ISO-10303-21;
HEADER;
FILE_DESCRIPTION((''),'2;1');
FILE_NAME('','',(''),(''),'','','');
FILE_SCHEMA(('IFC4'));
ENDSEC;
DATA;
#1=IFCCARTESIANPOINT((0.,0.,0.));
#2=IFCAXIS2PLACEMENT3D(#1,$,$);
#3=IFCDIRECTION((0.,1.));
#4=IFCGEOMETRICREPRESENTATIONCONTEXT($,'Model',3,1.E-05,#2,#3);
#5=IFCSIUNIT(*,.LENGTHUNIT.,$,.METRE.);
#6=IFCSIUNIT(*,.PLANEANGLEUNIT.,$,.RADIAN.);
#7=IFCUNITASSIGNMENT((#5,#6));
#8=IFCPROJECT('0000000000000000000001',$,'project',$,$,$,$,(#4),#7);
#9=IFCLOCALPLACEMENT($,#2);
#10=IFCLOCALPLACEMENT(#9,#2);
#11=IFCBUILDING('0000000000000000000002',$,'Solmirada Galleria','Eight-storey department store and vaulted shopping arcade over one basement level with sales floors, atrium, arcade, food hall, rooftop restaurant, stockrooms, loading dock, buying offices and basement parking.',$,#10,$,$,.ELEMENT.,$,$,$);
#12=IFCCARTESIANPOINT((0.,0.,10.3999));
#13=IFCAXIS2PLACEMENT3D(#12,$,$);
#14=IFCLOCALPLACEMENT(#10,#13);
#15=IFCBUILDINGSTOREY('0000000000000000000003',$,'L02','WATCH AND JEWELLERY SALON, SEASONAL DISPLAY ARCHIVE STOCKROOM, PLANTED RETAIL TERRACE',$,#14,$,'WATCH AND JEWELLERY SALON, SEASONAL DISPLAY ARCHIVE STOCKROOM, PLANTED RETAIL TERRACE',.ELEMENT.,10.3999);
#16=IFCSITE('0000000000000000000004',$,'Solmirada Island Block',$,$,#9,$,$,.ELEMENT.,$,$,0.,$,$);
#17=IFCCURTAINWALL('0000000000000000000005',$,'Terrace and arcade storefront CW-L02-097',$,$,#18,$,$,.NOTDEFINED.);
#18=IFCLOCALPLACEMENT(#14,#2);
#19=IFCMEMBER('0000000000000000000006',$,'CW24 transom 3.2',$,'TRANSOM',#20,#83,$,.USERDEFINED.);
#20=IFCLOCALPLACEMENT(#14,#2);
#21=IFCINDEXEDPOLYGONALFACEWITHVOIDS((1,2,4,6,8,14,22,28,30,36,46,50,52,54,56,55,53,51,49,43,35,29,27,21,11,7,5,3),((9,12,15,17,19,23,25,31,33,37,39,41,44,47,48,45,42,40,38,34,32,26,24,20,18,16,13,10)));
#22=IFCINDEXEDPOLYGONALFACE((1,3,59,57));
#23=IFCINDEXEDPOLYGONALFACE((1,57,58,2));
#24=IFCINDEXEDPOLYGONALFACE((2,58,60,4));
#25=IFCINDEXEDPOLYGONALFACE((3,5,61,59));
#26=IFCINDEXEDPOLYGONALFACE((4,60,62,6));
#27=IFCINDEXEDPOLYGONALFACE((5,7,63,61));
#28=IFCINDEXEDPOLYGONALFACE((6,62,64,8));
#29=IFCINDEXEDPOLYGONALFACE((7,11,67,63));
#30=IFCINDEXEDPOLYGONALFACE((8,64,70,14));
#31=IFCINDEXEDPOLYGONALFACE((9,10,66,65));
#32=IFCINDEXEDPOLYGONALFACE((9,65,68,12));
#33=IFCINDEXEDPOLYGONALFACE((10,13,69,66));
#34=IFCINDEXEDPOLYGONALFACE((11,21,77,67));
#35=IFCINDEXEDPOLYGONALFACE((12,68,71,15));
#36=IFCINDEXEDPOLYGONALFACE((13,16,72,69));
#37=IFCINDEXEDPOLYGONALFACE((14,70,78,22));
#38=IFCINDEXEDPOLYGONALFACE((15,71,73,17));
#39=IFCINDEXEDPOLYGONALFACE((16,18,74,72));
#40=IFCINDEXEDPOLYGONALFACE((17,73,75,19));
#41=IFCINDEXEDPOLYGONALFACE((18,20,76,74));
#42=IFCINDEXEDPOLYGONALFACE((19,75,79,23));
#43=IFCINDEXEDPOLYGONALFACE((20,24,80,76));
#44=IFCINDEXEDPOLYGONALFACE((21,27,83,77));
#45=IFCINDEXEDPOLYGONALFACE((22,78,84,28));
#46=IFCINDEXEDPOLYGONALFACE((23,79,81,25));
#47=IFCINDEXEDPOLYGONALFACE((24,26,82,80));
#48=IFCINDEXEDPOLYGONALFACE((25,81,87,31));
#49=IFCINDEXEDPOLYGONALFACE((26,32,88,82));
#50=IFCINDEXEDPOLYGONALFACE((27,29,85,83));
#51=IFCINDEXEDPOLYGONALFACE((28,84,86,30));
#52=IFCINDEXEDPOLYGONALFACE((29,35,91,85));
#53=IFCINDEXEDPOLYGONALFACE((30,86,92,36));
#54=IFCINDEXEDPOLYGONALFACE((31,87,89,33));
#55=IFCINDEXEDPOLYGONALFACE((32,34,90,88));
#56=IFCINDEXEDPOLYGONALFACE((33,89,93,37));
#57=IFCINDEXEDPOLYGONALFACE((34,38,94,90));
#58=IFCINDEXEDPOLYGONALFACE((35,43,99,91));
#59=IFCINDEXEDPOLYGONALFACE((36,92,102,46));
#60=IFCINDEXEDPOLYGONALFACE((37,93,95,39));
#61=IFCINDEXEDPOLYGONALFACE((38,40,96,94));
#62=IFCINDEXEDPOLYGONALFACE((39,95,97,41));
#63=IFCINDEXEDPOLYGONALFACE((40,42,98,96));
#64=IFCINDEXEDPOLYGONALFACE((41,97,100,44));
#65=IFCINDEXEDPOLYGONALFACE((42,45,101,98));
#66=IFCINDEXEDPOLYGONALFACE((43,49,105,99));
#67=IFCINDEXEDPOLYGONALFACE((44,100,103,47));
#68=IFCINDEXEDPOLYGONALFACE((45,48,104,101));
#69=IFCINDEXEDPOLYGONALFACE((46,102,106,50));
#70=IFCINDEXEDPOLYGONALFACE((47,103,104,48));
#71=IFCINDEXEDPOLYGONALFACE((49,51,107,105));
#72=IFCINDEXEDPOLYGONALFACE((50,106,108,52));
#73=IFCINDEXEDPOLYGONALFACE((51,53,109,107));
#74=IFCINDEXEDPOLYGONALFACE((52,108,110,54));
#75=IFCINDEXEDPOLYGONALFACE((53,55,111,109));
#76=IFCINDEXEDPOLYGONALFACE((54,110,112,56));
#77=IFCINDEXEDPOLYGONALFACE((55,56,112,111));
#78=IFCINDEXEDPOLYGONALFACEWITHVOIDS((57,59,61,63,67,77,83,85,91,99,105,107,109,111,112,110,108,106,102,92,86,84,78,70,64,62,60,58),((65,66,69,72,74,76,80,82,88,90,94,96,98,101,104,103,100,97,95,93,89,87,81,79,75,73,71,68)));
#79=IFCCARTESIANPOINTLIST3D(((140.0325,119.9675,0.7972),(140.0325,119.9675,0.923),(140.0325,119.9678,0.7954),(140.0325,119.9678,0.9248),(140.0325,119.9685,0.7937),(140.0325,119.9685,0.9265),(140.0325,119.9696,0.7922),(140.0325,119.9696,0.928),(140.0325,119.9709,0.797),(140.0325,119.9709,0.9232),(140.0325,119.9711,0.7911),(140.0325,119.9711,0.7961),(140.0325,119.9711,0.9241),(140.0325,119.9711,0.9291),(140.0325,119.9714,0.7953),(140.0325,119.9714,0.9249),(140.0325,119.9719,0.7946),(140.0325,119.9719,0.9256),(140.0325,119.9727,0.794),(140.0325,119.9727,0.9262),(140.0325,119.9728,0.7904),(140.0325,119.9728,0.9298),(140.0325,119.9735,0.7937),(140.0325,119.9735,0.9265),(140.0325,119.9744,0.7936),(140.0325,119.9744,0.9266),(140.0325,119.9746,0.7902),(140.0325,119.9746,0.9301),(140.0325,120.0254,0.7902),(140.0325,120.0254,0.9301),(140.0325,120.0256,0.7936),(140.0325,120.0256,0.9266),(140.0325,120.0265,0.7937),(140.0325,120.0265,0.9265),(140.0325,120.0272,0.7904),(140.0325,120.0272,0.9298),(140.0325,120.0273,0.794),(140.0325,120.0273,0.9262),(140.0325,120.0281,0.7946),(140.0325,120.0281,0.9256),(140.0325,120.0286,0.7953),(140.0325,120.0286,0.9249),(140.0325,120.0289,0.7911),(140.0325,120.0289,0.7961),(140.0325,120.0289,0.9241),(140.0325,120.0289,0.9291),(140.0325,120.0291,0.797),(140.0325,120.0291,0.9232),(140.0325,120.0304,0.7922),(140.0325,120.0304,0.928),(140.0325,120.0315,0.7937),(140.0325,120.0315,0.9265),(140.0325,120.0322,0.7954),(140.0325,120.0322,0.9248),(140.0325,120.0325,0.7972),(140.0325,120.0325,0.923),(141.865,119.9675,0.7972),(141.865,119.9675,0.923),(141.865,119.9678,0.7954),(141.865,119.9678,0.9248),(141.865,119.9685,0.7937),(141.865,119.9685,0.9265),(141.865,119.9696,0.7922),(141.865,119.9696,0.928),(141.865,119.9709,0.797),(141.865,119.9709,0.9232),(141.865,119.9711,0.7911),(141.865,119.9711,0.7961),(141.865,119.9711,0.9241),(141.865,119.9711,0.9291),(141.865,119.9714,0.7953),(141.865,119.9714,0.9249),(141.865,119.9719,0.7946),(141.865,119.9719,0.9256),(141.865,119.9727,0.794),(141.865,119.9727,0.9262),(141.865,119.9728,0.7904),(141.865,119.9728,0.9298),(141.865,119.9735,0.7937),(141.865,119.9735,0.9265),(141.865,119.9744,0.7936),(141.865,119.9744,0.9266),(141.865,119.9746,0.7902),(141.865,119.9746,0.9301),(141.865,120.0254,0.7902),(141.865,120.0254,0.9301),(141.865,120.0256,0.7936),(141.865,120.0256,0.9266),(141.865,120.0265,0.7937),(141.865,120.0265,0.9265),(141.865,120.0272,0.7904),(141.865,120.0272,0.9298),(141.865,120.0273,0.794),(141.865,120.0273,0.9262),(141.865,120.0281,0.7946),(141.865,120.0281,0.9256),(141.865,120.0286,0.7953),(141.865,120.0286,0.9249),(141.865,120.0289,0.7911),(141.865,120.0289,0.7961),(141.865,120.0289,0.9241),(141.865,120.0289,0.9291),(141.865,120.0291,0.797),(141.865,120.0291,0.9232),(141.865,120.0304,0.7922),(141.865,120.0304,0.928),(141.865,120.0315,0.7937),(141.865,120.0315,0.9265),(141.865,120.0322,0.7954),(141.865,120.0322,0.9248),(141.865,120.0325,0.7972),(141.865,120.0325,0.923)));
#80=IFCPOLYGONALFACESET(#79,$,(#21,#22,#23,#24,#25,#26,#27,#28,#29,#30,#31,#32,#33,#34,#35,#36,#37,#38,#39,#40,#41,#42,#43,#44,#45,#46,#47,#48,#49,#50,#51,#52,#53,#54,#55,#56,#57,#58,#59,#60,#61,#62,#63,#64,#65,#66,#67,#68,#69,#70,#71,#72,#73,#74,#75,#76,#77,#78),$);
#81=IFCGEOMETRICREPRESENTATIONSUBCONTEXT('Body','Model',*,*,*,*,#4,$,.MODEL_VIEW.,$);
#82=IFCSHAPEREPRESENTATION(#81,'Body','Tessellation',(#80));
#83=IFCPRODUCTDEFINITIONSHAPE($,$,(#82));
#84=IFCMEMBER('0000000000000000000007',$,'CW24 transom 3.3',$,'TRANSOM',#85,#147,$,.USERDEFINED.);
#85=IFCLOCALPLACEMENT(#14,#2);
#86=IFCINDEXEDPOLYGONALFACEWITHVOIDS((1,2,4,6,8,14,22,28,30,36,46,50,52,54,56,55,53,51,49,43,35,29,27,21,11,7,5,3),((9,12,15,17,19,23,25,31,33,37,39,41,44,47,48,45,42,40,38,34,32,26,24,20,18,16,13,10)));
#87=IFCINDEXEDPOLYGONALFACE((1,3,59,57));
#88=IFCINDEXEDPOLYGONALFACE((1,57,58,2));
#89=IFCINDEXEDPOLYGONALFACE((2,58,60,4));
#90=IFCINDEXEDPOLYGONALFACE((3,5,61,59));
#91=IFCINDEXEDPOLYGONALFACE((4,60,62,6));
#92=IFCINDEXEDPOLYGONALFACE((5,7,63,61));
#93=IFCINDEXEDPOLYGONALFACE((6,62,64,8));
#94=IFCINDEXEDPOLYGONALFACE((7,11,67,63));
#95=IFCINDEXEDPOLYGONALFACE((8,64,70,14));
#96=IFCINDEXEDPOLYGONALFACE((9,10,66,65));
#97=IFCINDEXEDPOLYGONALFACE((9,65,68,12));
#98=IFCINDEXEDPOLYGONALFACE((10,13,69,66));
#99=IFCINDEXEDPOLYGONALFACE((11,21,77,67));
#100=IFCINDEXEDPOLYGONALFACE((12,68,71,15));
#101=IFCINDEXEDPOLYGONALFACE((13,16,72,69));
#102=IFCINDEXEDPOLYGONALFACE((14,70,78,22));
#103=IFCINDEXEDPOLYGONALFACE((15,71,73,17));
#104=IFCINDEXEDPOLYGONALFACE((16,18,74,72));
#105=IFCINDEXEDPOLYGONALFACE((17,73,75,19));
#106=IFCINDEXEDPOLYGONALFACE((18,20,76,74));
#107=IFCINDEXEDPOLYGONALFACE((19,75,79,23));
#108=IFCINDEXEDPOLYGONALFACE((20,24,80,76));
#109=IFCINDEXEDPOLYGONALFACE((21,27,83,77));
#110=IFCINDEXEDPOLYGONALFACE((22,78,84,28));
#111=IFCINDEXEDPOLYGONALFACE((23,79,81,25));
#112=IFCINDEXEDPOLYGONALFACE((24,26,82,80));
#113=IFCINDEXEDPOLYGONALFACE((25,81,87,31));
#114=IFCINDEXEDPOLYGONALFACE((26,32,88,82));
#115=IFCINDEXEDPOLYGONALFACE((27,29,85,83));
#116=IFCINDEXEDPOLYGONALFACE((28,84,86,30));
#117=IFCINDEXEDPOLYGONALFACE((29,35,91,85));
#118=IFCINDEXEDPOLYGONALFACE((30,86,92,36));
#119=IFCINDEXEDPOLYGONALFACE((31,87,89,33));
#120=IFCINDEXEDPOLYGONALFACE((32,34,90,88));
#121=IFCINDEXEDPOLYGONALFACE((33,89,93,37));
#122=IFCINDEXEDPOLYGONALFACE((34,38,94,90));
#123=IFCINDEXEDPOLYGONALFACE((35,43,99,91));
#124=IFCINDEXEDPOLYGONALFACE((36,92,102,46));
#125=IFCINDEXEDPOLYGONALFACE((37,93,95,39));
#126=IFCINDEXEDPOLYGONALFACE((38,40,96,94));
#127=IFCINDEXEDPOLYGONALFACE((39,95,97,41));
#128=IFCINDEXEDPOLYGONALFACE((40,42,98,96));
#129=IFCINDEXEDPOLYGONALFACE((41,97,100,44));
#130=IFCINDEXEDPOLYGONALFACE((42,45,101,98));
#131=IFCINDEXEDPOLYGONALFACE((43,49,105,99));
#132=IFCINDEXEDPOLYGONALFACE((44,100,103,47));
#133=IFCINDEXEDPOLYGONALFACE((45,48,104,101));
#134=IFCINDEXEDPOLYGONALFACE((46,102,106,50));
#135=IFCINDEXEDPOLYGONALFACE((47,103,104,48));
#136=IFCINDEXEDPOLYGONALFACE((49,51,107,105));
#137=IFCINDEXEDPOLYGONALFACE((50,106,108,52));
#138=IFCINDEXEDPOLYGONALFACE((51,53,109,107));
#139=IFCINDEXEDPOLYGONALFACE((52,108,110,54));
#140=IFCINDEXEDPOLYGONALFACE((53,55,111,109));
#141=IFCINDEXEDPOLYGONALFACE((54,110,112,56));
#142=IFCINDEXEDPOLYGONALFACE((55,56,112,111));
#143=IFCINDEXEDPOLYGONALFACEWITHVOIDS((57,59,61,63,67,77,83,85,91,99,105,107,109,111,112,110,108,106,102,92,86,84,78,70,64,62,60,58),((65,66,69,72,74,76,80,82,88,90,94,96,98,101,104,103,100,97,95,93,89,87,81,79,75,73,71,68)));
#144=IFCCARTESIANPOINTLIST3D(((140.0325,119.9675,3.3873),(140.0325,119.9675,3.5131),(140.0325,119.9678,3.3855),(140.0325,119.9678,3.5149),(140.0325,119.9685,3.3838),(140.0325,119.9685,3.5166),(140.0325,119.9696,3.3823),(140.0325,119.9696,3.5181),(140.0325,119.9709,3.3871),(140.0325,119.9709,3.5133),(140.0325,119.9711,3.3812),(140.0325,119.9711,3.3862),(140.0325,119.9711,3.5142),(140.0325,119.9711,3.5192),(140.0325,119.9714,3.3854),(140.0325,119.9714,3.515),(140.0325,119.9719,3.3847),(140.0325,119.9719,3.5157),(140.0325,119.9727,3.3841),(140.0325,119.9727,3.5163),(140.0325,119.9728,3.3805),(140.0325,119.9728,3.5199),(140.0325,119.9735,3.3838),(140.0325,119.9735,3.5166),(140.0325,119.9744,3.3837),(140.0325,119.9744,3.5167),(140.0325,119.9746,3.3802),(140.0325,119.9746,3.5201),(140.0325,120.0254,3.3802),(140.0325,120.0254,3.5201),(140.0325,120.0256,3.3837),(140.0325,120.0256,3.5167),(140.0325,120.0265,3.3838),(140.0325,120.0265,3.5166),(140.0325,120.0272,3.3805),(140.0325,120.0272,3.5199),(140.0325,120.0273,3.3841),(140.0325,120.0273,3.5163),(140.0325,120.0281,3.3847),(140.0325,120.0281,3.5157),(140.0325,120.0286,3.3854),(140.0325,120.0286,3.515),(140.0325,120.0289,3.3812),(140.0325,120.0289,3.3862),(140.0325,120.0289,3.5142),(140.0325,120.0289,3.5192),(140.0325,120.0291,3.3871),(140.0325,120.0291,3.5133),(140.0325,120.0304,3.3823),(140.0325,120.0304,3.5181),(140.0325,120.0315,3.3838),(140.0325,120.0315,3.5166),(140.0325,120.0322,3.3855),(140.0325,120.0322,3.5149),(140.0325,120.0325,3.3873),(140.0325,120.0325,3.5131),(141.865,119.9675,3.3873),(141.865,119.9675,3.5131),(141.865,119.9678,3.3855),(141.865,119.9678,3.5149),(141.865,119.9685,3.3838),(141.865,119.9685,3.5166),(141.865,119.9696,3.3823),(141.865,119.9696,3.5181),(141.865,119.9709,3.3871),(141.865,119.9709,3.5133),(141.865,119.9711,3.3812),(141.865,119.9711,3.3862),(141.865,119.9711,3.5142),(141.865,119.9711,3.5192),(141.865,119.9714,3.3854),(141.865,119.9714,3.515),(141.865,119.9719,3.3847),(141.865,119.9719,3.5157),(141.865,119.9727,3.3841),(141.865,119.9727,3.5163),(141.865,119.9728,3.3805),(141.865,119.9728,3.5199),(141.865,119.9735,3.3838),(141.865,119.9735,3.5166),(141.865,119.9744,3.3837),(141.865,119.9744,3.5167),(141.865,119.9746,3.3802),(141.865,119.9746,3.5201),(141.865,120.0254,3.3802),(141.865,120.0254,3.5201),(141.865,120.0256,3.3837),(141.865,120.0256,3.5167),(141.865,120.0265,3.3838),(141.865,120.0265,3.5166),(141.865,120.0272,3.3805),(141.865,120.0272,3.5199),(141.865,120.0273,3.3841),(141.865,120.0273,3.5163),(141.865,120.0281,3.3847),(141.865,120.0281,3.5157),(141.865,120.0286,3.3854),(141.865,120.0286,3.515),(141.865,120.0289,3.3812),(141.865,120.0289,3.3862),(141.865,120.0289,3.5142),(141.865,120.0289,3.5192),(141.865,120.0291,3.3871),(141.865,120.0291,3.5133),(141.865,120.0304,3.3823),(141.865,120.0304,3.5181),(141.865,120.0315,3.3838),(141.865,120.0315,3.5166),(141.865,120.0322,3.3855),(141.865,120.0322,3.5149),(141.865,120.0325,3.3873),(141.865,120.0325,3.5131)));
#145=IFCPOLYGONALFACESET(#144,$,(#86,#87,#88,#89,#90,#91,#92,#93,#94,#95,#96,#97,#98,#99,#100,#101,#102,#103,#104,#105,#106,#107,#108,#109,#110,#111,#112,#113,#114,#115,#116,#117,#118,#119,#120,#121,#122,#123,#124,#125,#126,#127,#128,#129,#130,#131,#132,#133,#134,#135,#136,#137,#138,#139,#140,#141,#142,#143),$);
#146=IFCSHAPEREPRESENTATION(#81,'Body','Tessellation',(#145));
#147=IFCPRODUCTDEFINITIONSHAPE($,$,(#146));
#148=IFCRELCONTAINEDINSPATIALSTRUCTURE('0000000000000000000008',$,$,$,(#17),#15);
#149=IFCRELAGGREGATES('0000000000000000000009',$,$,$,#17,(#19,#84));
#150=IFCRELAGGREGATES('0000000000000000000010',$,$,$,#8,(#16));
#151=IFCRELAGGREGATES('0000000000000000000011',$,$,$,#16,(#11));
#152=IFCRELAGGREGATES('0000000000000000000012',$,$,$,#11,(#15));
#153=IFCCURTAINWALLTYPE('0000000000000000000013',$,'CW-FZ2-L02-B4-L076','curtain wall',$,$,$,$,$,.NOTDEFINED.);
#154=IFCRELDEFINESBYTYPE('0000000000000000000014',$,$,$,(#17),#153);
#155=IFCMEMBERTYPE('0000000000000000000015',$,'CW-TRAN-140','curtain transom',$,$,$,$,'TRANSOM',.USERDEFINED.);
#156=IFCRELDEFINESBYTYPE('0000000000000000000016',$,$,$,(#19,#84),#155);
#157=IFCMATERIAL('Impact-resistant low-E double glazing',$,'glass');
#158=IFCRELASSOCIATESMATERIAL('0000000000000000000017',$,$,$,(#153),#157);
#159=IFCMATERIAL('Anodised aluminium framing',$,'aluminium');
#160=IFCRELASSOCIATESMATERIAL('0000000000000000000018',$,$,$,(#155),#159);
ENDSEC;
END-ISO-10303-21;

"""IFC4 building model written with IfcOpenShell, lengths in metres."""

from ifc_helpers import new_model, si_unit, direction, frame, origin, origin_2d, place, context, subcontext, project, spatial, hollow_rectangle, extrude, material, material_profile, profile_set, type_object, element, aggregate, save


model = new_model("IFC4")

# Units and contexts
model_context = context("Model", 3, precision=1e-05, world=origin(), true_north=direction((0.0, 1.0)))
body_context = subcontext(model_context, "Body", "Model", "MODEL_VIEW")
ifc_project = project(units=[si_unit("LENGTHUNIT", "METRE"), si_unit("PLANEANGLEUNIT", "RADIAN")], contexts=[model_context])

# Site, building, storey
site_placement = place(None, origin())
site = spatial("IfcSite", under=ifc_project, at=site_placement, Name="Solmirada Island Block", CompositionType="ELEMENT", RefElevation=0.0)
building_placement = place(site_placement, origin())
building = spatial("IfcBuilding", under=site, at=building_placement, Name="Solmirada Galleria", Description="Eight-storey department store and vaulted shopping arcade over one basement level with sales floors, atrium, arcade, food hall, rooftop restaurant, stockrooms, loading dock, buying offices and basement parking.", CompositionType="ELEMENT")
storey_placement = place(building_placement, frame((0.0, 0.0, 10.3999)))
storey = spatial("IfcBuildingStorey", under=building, at=storey_placement, Name="L02", Description="WATCH AND JEWELLERY SALON, SEASONAL DISPLAY ARCHIVE STOCKROOM, PLANTED RETAIL TERRACE", LongName="WATCH AND JEWELLERY SALON, SEASONAL DISPLAY ARCHIVE STOCKROOM, PLANTED RETAIL TERRACE", CompositionType="ELEMENT", Elevation=10.3999)

# Shared definitions
ifc_material_1 = material(Name="Impact-resistant low-E double glazing", Category="glass")
curtain_wall_type = type_object("IfcCurtainWallType", Name="CW-FZ2-L02-B4-L076", Description="curtain wall", PredefinedType="NOTDEFINED", material=ifc_material_1)
ifc_material_2 = material(Name="Anodised aluminium framing", Category="aluminium")

# Curtain wall, members
curtain_wall_1_placement = place(storey_placement, origin())
curtain_wall_1 = element("IfcCurtainWall", 1, at=curtain_wall_1_placement, inside=storey, type_object=curtain_wall_type, Name="Terrace and arcade storefront CW-L02-097", PredefinedType="NOTDEFINED")
ifc_material_profile_1 = material_profile(ifc_material_2, hollow_rectangle(XDim=0.0649, YDim=0.1399, WallThickness=0.0034, InnerFilletRadius=0.0034, OuterFilletRadius=0.0071, at=origin_2d()), Name="ALU-TRAN-140X65")
ifc_profile_set_1 = profile_set([ifc_material_profile_1], Name="Anodised aluminium framing")
member_type_1 = type_object("IfcMemberType", Name="CW-TRAN-140", Description="curtain transom", ElementType="TRANSOM", PredefinedType="USERDEFINED", material=ifc_profile_set_1)
member_1_placement = place(storey_placement, frame((140.0325, 120.0, 0.8601), z_axis=(1.0, 0.0, 0.0), x_axis=(0.0, 1.0, 0.0)))
member_1 = element("IfcMember", 2, at=member_1_placement, type_object=member_type_1, Name="CW24 transom 3.2", ObjectType="TRANSOM", PredefinedType="USERDEFINED", context=body_context, shape_type="SweptSolid", body=[
    extrude(hollow_rectangle(XDim=0.0649, YDim=0.1399, WallThickness=0.0034, InnerFilletRadius=0.0034, OuterFilletRadius=0.0071, at=origin_2d()), origin(), (0.0, 0.0, 1.0), 1.8325),
])
member_2_placement = place(storey_placement, frame((140.0325, 120.0, 3.4502), z_axis=(1.0, 0.0, 0.0), x_axis=(0.0, 1.0, 0.0)))
member_2 = element("IfcMember", 3, at=member_2_placement, type_object=member_type_1, Name="CW24 transom 3.3", ObjectType="TRANSOM", PredefinedType="USERDEFINED", context=body_context, shape_type="SweptSolid", body=[
    extrude(hollow_rectangle(XDim=0.0649, YDim=0.1399, WallThickness=0.0034, InnerFilletRadius=0.0034, OuterFilletRadius=0.0071, at=origin_2d()), origin(), (0.0, 0.0, 1.0), 1.8325),
])
aggregate(curtain_wall_1, [member_1, member_2])

save(model, "model.ifc")
